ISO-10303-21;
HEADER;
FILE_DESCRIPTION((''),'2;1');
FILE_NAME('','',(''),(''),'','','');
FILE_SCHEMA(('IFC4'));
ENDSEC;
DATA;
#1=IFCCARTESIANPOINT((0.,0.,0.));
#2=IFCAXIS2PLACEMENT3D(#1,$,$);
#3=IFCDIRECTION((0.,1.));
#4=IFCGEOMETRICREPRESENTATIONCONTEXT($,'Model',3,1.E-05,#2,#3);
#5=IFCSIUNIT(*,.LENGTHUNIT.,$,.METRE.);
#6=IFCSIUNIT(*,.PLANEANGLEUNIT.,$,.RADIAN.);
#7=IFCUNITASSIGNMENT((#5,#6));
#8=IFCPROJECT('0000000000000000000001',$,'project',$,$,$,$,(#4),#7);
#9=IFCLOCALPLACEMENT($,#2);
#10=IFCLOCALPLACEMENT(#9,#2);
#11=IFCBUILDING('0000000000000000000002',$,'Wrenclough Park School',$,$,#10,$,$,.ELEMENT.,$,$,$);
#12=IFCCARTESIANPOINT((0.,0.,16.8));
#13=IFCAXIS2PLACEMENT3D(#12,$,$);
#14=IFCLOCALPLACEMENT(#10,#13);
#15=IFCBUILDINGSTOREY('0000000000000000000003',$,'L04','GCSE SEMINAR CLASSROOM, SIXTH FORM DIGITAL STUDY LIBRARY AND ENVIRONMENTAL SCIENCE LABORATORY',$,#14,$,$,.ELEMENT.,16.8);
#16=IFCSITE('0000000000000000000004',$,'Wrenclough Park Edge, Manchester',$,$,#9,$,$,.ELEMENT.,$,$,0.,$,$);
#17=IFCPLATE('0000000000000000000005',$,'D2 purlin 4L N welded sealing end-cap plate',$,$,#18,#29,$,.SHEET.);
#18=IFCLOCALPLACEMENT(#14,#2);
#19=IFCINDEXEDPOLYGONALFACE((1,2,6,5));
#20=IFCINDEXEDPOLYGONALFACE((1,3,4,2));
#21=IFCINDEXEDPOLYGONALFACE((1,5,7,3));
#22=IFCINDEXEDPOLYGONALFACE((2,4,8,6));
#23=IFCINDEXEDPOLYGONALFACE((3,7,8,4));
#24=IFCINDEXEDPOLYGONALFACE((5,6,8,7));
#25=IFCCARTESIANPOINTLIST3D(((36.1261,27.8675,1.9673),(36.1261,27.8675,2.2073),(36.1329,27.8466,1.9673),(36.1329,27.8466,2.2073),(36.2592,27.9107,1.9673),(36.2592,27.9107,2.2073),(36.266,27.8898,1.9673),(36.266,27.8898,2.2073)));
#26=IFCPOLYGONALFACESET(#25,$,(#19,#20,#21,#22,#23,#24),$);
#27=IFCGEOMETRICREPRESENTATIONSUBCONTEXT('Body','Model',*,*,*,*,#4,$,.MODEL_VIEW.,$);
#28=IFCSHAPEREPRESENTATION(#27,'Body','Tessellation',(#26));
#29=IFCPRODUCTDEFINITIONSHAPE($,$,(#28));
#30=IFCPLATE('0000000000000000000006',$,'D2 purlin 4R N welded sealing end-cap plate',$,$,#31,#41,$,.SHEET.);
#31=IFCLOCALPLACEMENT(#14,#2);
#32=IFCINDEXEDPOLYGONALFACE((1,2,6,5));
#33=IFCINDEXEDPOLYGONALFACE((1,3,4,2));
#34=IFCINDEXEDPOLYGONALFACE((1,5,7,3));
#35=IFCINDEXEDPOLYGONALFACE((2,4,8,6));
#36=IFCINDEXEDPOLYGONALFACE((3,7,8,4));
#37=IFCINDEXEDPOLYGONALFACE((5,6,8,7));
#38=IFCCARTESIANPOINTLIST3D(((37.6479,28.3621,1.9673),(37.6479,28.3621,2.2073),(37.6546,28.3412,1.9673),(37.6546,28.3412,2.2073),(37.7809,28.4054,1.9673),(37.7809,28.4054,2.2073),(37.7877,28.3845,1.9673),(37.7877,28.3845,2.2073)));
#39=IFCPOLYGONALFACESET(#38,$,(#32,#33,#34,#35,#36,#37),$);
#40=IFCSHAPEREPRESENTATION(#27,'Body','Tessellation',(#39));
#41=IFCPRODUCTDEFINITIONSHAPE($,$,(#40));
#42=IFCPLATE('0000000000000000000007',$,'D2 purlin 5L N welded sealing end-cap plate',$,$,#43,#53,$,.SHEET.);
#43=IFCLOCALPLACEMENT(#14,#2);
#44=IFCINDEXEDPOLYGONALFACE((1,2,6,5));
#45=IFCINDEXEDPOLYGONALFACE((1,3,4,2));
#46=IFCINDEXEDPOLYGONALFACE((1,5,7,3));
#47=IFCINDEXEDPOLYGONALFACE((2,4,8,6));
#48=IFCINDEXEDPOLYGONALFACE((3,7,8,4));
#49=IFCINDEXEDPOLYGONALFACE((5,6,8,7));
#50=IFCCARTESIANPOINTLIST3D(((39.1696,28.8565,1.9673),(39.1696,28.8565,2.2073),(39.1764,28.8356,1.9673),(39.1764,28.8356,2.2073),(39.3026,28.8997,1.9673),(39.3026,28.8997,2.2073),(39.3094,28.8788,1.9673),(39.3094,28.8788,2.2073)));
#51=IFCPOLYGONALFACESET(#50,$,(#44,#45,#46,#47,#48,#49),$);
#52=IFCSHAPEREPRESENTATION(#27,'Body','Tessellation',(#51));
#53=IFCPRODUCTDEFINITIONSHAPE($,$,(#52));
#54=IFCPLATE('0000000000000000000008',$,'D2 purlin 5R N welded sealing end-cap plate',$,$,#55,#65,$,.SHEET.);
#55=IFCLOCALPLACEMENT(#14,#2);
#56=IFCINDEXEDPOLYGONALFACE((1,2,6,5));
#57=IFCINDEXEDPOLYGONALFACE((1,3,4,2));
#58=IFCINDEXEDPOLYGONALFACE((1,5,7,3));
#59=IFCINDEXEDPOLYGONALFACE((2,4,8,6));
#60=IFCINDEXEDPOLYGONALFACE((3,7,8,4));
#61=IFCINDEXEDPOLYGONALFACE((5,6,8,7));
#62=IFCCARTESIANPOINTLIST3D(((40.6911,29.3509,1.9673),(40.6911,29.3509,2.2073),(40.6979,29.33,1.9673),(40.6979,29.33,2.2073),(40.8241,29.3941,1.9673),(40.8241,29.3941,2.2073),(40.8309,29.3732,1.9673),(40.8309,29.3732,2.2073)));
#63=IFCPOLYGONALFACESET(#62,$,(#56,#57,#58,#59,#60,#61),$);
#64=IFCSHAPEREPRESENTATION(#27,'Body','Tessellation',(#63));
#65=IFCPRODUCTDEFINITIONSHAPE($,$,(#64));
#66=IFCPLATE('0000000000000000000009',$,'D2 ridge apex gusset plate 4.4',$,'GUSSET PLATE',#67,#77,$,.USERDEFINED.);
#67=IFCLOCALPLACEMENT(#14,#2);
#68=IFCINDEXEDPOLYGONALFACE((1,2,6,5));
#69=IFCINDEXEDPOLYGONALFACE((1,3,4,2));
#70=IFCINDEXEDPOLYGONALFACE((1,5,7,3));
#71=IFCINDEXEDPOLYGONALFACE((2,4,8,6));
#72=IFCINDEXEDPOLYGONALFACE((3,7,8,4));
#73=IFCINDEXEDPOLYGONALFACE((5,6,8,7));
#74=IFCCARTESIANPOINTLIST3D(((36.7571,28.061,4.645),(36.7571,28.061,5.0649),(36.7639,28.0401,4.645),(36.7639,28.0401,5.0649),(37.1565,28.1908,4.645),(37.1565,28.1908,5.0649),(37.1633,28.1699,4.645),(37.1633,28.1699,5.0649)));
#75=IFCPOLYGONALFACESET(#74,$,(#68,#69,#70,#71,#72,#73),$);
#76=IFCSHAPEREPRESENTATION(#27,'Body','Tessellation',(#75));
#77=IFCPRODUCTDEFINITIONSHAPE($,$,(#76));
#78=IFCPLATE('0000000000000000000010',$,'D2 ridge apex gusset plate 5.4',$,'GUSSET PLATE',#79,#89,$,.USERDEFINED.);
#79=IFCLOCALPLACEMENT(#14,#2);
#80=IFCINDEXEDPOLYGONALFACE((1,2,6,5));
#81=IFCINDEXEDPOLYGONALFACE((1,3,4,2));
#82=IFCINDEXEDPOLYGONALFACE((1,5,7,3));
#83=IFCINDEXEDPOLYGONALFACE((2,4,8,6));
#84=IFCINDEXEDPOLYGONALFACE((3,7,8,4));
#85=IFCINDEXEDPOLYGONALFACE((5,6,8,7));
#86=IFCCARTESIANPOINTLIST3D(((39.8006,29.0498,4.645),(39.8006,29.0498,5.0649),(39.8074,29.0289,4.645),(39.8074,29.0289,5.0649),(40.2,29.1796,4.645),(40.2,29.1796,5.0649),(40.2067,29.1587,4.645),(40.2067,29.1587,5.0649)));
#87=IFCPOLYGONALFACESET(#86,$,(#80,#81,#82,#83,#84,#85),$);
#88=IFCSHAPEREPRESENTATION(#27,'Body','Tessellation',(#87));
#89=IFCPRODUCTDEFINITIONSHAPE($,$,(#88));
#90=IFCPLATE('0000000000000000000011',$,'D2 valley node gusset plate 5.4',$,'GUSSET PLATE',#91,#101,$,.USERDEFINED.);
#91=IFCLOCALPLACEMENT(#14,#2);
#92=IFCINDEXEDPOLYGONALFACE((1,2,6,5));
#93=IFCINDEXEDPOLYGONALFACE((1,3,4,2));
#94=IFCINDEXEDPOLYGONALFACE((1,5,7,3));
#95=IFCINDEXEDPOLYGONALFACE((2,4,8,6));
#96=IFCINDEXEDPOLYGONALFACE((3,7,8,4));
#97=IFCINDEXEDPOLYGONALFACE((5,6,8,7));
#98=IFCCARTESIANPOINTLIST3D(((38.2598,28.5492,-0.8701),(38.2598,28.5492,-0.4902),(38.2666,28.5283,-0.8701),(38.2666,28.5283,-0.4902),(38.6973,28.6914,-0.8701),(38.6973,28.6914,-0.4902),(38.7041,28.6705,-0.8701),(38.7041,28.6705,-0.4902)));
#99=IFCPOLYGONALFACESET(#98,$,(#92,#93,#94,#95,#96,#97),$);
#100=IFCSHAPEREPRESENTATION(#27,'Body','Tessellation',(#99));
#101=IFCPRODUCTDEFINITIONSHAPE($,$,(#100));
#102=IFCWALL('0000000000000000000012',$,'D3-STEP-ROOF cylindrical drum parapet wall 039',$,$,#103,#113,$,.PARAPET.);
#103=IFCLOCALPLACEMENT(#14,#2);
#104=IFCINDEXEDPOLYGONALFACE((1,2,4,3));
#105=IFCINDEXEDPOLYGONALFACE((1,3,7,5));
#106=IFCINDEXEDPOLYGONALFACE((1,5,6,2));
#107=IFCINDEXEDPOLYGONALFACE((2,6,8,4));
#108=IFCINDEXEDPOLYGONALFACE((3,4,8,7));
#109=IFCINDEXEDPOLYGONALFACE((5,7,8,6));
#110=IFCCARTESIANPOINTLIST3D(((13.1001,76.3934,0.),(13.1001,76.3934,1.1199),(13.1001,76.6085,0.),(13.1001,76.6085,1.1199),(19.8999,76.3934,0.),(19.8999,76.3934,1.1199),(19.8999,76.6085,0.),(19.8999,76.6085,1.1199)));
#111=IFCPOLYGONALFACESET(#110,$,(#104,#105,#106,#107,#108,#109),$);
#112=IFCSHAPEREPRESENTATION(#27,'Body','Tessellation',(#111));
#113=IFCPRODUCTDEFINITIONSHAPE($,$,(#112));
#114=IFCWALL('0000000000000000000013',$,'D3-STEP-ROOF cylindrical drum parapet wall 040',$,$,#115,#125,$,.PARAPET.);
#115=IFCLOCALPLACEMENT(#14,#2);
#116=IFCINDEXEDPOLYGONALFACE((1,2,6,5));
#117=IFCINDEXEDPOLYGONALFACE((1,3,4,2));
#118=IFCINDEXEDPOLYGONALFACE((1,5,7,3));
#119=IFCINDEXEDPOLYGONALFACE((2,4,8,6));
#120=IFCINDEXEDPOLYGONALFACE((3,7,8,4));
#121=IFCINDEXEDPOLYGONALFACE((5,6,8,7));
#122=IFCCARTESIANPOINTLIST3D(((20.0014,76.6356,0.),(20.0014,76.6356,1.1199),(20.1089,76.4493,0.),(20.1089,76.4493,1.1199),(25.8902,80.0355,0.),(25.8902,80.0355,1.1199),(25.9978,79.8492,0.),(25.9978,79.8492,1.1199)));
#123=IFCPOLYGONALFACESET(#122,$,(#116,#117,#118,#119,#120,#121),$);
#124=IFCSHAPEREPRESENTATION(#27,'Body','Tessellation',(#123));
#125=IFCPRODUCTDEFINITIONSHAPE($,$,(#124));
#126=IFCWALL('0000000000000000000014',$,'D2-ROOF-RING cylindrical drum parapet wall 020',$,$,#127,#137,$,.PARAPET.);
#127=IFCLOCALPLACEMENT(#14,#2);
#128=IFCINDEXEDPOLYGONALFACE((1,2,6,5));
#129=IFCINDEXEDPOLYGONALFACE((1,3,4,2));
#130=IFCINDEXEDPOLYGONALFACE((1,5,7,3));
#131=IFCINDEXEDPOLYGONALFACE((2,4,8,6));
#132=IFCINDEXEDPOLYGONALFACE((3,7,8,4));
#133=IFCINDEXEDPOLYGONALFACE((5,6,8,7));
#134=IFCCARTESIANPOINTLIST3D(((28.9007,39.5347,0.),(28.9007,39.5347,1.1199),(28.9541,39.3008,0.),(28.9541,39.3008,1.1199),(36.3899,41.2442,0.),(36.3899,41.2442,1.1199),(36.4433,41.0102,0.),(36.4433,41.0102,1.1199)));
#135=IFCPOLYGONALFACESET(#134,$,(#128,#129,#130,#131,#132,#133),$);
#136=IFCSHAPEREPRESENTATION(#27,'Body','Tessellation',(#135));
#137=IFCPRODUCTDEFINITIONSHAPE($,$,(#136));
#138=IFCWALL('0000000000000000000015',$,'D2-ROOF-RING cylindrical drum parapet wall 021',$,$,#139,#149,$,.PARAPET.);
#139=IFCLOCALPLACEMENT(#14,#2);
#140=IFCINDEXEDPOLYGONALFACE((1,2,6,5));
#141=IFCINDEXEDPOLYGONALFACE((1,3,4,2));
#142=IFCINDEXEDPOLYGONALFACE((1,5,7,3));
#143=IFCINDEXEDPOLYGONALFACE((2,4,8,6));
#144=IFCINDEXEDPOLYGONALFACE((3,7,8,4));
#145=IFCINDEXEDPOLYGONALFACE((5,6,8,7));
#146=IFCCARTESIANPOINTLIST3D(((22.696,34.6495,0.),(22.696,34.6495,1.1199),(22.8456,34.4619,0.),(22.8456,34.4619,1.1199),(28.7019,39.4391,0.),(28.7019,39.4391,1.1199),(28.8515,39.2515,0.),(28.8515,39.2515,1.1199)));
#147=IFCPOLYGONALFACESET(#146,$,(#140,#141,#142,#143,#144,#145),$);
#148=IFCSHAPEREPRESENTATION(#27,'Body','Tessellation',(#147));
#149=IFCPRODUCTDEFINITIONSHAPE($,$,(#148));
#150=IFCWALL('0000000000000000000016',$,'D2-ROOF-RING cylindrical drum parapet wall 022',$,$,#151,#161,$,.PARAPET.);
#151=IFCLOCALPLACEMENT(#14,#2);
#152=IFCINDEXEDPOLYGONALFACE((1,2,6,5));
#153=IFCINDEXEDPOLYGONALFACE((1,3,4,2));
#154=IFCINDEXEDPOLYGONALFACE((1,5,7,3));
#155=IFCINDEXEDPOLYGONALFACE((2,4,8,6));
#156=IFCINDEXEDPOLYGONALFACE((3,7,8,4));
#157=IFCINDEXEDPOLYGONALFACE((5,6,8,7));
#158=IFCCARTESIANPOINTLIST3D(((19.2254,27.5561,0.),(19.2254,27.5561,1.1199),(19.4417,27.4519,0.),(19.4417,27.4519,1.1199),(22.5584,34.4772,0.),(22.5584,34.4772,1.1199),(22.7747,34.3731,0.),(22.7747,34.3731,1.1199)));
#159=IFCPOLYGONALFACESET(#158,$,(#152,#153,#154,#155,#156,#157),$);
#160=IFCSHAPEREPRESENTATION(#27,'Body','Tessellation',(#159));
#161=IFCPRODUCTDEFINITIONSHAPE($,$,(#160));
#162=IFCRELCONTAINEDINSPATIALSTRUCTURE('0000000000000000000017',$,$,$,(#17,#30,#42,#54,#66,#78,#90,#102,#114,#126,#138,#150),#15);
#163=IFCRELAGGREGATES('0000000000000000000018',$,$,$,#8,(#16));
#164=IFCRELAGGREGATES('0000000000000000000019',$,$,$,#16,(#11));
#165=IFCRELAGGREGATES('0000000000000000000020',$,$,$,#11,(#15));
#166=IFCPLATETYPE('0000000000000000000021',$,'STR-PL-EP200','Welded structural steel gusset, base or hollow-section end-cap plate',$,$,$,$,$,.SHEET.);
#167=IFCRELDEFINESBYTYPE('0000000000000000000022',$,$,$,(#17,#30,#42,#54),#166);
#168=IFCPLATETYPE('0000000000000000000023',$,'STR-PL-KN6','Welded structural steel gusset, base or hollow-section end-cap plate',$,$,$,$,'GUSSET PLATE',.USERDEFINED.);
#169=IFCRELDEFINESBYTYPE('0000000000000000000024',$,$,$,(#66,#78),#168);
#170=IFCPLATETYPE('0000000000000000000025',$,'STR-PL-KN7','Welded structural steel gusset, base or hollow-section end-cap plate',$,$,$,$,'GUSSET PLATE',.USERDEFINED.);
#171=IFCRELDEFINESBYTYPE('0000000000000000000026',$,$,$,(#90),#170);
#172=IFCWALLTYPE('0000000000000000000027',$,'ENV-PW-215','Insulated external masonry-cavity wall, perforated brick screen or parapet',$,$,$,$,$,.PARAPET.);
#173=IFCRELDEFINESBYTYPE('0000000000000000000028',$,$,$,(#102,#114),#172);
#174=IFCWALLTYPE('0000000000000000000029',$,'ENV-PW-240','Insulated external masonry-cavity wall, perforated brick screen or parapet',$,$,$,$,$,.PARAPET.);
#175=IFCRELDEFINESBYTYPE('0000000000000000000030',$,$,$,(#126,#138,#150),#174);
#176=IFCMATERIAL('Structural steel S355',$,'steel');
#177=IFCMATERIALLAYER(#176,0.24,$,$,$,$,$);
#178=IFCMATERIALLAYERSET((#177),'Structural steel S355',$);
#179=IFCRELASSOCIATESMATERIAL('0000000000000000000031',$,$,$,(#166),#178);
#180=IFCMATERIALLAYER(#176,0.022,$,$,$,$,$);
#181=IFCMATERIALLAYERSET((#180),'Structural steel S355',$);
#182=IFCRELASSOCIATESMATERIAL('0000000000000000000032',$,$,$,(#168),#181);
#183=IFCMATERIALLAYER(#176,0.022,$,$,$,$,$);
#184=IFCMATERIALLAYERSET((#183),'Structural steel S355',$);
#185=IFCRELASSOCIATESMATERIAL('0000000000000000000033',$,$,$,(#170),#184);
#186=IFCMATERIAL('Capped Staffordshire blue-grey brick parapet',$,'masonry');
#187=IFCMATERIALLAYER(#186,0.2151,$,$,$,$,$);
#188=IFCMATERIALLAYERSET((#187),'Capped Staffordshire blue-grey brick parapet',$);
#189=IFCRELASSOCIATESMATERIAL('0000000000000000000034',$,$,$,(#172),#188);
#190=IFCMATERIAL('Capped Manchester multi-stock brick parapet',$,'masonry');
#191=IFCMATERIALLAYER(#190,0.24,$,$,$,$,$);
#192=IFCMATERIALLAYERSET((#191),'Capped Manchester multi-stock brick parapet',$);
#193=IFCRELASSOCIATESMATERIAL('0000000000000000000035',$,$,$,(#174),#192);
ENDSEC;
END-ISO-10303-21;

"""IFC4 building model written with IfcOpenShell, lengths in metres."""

from ifc_helpers import new_model, si_unit, direction, frame, frame_2d, origin, origin_2d, place, context, subcontext, project, spatial, rectangle, extrude, material, layer, layer_set, type_object, element, save


model = new_model("IFC4")

# Units and contexts
model_context = context("Model", 3, precision=1e-05, world=origin(), true_north=direction((0.0, 1.0)))
body_context = subcontext(model_context, "Body", "Model", "MODEL_VIEW")
ifc_project = project(units=[si_unit("LENGTHUNIT", "METRE"), si_unit("PLANEANGLEUNIT", "RADIAN")], contexts=[model_context])

# Site, building, storey
site_placement = place(None, origin())
site = spatial("IfcSite", under=ifc_project, at=site_placement, Name="Wrenclough Park Edge, Manchester", CompositionType="ELEMENT", RefElevation=0.0)
building_placement = place(site_placement, origin())
building = spatial("IfcBuilding", under=site, at=building_placement, Name="Wrenclough Park School", CompositionType="ELEMENT")
storey_placement = place(building_placement, frame((0.0, 0.0, 16.8)))
storey = spatial("IfcBuildingStorey", under=building, at=storey_placement, Name="L04", Description="GCSE SEMINAR CLASSROOM, SIXTH FORM DIGITAL STUDY LIBRARY AND ENVIRONMENTAL SCIENCE LABORATORY", CompositionType="ELEMENT", Elevation=16.8)

# Shared definitions
ifc_material_1 = material(Name="Structural steel S355", Category="steel")

# Plates
ifc_layer_1 = layer(ifc_material_1, 0.24)
ifc_layer_set_1 = layer_set([ifc_layer_1], Name="Structural steel S355")
plate_type_1 = type_object("IfcPlateType", Name="STR-PL-EP200", Description="Welded structural steel gusset, base or hollow-section end-cap plate", PredefinedType="SHEET", material=ifc_layer_set_1)
for number, where, z_axis, x_axis, name in (
    (1, (36.196, 27.8787, 1.9673), (0.0, 0.0, 1.0), (-0.309017, 0.951057, 0.0), "D2 purlin 4L N welded sealing end-cap plate"),
    (2, (37.7178, 28.3733, 1.9673), (0.0, 0.0, 1.0), (-0.309017, 0.951057, 0.0), "D2 purlin 4R N welded sealing end-cap plate"),
    (3, (39.2395, 28.8677, 1.9673), (0.0, 0.0, 1.0), (-0.309017, 0.951057, 0.0), "D2 purlin 5L N welded sealing end-cap plate"),
    (4, (40.761, 29.3621, 1.9673), (0.0, 0.0, 1.0), (-0.309017, 0.951057, 0.0), "D2 purlin 5R N welded sealing end-cap plate"),
):
    element("IfcPlate", number, at=place(storey_placement, frame(where, z_axis=z_axis, x_axis=x_axis)), inside=storey, type_object=plate_type_1, Name=name, PredefinedType="SHEET", context=body_context, shape_type="SweptSolid", body=[
        extrude(rectangle(XDim=0.022, YDim=0.1399, at=origin_2d()), origin(), (0.0, 0.0, 1.0), 0.24),
    ])
ifc_layer_2 = layer(ifc_material_1, 0.022)
ifc_layer_set_2 = layer_set([ifc_layer_2], Name="Structural steel S355")
plate_type_2 = type_object("IfcPlateType", Name="STR-PL-KN6", Description="Welded structural steel gusset, base or hollow-section end-cap plate", ElementType="GUSSET PLATE", PredefinedType="USERDEFINED", material=ifc_layer_set_2)
for number, where, z_axis, x_axis, name in (
    (5, (36.9602, 28.1155, 4.645), (0.0, 0.0, 1.0), (0.951057, 0.309017, 0.0), "D2 ridge apex gusset plate 4.4"),
    (6, (40.0037, 29.1042, 4.645), (0.0, 0.0, 1.0), (0.951057, 0.309017, 0.0), "D2 ridge apex gusset plate 5.4"),
):
    element("IfcPlate", number, at=place(storey_placement, frame(where, z_axis=z_axis, x_axis=x_axis)), inside=storey, type_object=plate_type_2, Name=name, ObjectType="GUSSET PLATE", PredefinedType="USERDEFINED", context=body_context, shape_type="SweptSolid", body=[
        extrude(rectangle(XDim=0.4199, YDim=0.022, at=origin_2d()), origin(), (0.0, 0.0, 1.0), 0.4199),
    ])
ifc_layer_3 = layer(ifc_material_1, 0.022)
ifc_layer_set_3 = layer_set([ifc_layer_3], Name="Structural steel S355")
plate_type_3 = type_object("IfcPlateType", Name="STR-PL-KN7", Description="Welded structural steel gusset, base or hollow-section end-cap plate", ElementType="GUSSET PLATE", PredefinedType="USERDEFINED", material=ifc_layer_set_3)
plate_placement = place(storey_placement, frame((38.4819, 28.6099, -0.8701), z_axis=(0.0, 0.0, 1.0), x_axis=(0.951057, 0.309017, 0.0)))
element("IfcPlate", 7, at=plate_placement, inside=storey, type_object=plate_type_3, Name="D2 valley node gusset plate 5.4", ObjectType="GUSSET PLATE", PredefinedType="USERDEFINED", context=body_context, shape_type="SweptSolid", body=[
    extrude(rectangle(XDim=0.46, YDim=0.022, at=origin_2d()), origin(), (0.0, 0.0, 1.0), 0.3799),
])

# Walls
ifc_material_2 = material(Name="Capped Staffordshire blue-grey brick parapet", Category="masonry")
ifc_layer_4 = layer(ifc_material_2, 0.2151)
ifc_layer_set_4 = layer_set([ifc_layer_4], Name="Capped Staffordshire blue-grey brick parapet")
wall_type_1 = type_object("IfcWallType", Name="ENV-PW-215", Description="Insulated external masonry-cavity wall, perforated brick screen or parapet", PredefinedType="PARAPET", material=ifc_layer_set_4)
for number, where, z_axis, x_axis, name in (
    (8, (13.1001, 76.501, 0.0), (0.0, 0.0, 1.0), (1.0, 0.0, 0.0), "D3-STEP-ROOF cylindrical drum parapet wall 039"),
    (9, (20.0552, 76.5425, 0.0), (0.0, 0.0, 1.0), (0.86603, 0.499993, 0.0), "D3-STEP-ROOF cylindrical drum parapet wall 040"),
):
    element("IfcWall", number, at=place(storey_placement, frame(where, z_axis=z_axis, x_axis=x_axis)), inside=storey, type_object=wall_type_1, Name=name, PredefinedType="PARAPET", context=body_context, shape_type="SweptSolid", body=[
        extrude(rectangle(XDim=6.7998, YDim=0.2151, at=frame_2d((3.3999, 0.0))), origin(), (0.0, 0.0, 1.0), 1.1199),
    ])
ifc_material_3 = material(Name="Capped Manchester multi-stock brick parapet", Category="masonry")
ifc_layer_5 = layer(ifc_material_3, 0.24)
ifc_layer_set_5 = layer_set([ifc_layer_5], Name="Capped Manchester multi-stock brick parapet")
wall_type_2 = type_object("IfcWallType", Name="ENV-PW-240", Description="Insulated external masonry-cavity wall, perforated brick screen or parapet", PredefinedType="PARAPET", material=ifc_layer_set_5)
for number, where, z_axis, x_axis, name in (
    (10, (36.4165, 41.1272, 0.0), (0.0, 0.0, 1.0), (-0.974925, -0.222533, 0.0), "D2-ROOF-RING cylindrical drum parapet wall 020"),
    (11, (28.7766, 39.3452, 0.0), (0.0, 0.0, 1.0), (-0.781829, -0.623493, 0.0), "D2-ROOF-RING cylindrical drum parapet wall 021"),
    (12, (22.6665, 34.425, 0.0), (0.0, 0.0, 1.0), (-0.43388, -0.900971, 0.0), "D2-ROOF-RING cylindrical drum parapet wall 022"),
):
    element("IfcWall", number, at=place(storey_placement, frame(where, z_axis=z_axis, x_axis=x_axis)), inside=storey, type_object=wall_type_2, Name=name, PredefinedType="PARAPET", context=body_context, shape_type="SweptSolid", body=[
        extrude(rectangle(XDim=7.6819, YDim=0.24, at=frame_2d((3.8408, 0.0))), origin(), (0.0, 0.0, 1.0), 1.1199),
    ])

save(model, "model.ifc")
